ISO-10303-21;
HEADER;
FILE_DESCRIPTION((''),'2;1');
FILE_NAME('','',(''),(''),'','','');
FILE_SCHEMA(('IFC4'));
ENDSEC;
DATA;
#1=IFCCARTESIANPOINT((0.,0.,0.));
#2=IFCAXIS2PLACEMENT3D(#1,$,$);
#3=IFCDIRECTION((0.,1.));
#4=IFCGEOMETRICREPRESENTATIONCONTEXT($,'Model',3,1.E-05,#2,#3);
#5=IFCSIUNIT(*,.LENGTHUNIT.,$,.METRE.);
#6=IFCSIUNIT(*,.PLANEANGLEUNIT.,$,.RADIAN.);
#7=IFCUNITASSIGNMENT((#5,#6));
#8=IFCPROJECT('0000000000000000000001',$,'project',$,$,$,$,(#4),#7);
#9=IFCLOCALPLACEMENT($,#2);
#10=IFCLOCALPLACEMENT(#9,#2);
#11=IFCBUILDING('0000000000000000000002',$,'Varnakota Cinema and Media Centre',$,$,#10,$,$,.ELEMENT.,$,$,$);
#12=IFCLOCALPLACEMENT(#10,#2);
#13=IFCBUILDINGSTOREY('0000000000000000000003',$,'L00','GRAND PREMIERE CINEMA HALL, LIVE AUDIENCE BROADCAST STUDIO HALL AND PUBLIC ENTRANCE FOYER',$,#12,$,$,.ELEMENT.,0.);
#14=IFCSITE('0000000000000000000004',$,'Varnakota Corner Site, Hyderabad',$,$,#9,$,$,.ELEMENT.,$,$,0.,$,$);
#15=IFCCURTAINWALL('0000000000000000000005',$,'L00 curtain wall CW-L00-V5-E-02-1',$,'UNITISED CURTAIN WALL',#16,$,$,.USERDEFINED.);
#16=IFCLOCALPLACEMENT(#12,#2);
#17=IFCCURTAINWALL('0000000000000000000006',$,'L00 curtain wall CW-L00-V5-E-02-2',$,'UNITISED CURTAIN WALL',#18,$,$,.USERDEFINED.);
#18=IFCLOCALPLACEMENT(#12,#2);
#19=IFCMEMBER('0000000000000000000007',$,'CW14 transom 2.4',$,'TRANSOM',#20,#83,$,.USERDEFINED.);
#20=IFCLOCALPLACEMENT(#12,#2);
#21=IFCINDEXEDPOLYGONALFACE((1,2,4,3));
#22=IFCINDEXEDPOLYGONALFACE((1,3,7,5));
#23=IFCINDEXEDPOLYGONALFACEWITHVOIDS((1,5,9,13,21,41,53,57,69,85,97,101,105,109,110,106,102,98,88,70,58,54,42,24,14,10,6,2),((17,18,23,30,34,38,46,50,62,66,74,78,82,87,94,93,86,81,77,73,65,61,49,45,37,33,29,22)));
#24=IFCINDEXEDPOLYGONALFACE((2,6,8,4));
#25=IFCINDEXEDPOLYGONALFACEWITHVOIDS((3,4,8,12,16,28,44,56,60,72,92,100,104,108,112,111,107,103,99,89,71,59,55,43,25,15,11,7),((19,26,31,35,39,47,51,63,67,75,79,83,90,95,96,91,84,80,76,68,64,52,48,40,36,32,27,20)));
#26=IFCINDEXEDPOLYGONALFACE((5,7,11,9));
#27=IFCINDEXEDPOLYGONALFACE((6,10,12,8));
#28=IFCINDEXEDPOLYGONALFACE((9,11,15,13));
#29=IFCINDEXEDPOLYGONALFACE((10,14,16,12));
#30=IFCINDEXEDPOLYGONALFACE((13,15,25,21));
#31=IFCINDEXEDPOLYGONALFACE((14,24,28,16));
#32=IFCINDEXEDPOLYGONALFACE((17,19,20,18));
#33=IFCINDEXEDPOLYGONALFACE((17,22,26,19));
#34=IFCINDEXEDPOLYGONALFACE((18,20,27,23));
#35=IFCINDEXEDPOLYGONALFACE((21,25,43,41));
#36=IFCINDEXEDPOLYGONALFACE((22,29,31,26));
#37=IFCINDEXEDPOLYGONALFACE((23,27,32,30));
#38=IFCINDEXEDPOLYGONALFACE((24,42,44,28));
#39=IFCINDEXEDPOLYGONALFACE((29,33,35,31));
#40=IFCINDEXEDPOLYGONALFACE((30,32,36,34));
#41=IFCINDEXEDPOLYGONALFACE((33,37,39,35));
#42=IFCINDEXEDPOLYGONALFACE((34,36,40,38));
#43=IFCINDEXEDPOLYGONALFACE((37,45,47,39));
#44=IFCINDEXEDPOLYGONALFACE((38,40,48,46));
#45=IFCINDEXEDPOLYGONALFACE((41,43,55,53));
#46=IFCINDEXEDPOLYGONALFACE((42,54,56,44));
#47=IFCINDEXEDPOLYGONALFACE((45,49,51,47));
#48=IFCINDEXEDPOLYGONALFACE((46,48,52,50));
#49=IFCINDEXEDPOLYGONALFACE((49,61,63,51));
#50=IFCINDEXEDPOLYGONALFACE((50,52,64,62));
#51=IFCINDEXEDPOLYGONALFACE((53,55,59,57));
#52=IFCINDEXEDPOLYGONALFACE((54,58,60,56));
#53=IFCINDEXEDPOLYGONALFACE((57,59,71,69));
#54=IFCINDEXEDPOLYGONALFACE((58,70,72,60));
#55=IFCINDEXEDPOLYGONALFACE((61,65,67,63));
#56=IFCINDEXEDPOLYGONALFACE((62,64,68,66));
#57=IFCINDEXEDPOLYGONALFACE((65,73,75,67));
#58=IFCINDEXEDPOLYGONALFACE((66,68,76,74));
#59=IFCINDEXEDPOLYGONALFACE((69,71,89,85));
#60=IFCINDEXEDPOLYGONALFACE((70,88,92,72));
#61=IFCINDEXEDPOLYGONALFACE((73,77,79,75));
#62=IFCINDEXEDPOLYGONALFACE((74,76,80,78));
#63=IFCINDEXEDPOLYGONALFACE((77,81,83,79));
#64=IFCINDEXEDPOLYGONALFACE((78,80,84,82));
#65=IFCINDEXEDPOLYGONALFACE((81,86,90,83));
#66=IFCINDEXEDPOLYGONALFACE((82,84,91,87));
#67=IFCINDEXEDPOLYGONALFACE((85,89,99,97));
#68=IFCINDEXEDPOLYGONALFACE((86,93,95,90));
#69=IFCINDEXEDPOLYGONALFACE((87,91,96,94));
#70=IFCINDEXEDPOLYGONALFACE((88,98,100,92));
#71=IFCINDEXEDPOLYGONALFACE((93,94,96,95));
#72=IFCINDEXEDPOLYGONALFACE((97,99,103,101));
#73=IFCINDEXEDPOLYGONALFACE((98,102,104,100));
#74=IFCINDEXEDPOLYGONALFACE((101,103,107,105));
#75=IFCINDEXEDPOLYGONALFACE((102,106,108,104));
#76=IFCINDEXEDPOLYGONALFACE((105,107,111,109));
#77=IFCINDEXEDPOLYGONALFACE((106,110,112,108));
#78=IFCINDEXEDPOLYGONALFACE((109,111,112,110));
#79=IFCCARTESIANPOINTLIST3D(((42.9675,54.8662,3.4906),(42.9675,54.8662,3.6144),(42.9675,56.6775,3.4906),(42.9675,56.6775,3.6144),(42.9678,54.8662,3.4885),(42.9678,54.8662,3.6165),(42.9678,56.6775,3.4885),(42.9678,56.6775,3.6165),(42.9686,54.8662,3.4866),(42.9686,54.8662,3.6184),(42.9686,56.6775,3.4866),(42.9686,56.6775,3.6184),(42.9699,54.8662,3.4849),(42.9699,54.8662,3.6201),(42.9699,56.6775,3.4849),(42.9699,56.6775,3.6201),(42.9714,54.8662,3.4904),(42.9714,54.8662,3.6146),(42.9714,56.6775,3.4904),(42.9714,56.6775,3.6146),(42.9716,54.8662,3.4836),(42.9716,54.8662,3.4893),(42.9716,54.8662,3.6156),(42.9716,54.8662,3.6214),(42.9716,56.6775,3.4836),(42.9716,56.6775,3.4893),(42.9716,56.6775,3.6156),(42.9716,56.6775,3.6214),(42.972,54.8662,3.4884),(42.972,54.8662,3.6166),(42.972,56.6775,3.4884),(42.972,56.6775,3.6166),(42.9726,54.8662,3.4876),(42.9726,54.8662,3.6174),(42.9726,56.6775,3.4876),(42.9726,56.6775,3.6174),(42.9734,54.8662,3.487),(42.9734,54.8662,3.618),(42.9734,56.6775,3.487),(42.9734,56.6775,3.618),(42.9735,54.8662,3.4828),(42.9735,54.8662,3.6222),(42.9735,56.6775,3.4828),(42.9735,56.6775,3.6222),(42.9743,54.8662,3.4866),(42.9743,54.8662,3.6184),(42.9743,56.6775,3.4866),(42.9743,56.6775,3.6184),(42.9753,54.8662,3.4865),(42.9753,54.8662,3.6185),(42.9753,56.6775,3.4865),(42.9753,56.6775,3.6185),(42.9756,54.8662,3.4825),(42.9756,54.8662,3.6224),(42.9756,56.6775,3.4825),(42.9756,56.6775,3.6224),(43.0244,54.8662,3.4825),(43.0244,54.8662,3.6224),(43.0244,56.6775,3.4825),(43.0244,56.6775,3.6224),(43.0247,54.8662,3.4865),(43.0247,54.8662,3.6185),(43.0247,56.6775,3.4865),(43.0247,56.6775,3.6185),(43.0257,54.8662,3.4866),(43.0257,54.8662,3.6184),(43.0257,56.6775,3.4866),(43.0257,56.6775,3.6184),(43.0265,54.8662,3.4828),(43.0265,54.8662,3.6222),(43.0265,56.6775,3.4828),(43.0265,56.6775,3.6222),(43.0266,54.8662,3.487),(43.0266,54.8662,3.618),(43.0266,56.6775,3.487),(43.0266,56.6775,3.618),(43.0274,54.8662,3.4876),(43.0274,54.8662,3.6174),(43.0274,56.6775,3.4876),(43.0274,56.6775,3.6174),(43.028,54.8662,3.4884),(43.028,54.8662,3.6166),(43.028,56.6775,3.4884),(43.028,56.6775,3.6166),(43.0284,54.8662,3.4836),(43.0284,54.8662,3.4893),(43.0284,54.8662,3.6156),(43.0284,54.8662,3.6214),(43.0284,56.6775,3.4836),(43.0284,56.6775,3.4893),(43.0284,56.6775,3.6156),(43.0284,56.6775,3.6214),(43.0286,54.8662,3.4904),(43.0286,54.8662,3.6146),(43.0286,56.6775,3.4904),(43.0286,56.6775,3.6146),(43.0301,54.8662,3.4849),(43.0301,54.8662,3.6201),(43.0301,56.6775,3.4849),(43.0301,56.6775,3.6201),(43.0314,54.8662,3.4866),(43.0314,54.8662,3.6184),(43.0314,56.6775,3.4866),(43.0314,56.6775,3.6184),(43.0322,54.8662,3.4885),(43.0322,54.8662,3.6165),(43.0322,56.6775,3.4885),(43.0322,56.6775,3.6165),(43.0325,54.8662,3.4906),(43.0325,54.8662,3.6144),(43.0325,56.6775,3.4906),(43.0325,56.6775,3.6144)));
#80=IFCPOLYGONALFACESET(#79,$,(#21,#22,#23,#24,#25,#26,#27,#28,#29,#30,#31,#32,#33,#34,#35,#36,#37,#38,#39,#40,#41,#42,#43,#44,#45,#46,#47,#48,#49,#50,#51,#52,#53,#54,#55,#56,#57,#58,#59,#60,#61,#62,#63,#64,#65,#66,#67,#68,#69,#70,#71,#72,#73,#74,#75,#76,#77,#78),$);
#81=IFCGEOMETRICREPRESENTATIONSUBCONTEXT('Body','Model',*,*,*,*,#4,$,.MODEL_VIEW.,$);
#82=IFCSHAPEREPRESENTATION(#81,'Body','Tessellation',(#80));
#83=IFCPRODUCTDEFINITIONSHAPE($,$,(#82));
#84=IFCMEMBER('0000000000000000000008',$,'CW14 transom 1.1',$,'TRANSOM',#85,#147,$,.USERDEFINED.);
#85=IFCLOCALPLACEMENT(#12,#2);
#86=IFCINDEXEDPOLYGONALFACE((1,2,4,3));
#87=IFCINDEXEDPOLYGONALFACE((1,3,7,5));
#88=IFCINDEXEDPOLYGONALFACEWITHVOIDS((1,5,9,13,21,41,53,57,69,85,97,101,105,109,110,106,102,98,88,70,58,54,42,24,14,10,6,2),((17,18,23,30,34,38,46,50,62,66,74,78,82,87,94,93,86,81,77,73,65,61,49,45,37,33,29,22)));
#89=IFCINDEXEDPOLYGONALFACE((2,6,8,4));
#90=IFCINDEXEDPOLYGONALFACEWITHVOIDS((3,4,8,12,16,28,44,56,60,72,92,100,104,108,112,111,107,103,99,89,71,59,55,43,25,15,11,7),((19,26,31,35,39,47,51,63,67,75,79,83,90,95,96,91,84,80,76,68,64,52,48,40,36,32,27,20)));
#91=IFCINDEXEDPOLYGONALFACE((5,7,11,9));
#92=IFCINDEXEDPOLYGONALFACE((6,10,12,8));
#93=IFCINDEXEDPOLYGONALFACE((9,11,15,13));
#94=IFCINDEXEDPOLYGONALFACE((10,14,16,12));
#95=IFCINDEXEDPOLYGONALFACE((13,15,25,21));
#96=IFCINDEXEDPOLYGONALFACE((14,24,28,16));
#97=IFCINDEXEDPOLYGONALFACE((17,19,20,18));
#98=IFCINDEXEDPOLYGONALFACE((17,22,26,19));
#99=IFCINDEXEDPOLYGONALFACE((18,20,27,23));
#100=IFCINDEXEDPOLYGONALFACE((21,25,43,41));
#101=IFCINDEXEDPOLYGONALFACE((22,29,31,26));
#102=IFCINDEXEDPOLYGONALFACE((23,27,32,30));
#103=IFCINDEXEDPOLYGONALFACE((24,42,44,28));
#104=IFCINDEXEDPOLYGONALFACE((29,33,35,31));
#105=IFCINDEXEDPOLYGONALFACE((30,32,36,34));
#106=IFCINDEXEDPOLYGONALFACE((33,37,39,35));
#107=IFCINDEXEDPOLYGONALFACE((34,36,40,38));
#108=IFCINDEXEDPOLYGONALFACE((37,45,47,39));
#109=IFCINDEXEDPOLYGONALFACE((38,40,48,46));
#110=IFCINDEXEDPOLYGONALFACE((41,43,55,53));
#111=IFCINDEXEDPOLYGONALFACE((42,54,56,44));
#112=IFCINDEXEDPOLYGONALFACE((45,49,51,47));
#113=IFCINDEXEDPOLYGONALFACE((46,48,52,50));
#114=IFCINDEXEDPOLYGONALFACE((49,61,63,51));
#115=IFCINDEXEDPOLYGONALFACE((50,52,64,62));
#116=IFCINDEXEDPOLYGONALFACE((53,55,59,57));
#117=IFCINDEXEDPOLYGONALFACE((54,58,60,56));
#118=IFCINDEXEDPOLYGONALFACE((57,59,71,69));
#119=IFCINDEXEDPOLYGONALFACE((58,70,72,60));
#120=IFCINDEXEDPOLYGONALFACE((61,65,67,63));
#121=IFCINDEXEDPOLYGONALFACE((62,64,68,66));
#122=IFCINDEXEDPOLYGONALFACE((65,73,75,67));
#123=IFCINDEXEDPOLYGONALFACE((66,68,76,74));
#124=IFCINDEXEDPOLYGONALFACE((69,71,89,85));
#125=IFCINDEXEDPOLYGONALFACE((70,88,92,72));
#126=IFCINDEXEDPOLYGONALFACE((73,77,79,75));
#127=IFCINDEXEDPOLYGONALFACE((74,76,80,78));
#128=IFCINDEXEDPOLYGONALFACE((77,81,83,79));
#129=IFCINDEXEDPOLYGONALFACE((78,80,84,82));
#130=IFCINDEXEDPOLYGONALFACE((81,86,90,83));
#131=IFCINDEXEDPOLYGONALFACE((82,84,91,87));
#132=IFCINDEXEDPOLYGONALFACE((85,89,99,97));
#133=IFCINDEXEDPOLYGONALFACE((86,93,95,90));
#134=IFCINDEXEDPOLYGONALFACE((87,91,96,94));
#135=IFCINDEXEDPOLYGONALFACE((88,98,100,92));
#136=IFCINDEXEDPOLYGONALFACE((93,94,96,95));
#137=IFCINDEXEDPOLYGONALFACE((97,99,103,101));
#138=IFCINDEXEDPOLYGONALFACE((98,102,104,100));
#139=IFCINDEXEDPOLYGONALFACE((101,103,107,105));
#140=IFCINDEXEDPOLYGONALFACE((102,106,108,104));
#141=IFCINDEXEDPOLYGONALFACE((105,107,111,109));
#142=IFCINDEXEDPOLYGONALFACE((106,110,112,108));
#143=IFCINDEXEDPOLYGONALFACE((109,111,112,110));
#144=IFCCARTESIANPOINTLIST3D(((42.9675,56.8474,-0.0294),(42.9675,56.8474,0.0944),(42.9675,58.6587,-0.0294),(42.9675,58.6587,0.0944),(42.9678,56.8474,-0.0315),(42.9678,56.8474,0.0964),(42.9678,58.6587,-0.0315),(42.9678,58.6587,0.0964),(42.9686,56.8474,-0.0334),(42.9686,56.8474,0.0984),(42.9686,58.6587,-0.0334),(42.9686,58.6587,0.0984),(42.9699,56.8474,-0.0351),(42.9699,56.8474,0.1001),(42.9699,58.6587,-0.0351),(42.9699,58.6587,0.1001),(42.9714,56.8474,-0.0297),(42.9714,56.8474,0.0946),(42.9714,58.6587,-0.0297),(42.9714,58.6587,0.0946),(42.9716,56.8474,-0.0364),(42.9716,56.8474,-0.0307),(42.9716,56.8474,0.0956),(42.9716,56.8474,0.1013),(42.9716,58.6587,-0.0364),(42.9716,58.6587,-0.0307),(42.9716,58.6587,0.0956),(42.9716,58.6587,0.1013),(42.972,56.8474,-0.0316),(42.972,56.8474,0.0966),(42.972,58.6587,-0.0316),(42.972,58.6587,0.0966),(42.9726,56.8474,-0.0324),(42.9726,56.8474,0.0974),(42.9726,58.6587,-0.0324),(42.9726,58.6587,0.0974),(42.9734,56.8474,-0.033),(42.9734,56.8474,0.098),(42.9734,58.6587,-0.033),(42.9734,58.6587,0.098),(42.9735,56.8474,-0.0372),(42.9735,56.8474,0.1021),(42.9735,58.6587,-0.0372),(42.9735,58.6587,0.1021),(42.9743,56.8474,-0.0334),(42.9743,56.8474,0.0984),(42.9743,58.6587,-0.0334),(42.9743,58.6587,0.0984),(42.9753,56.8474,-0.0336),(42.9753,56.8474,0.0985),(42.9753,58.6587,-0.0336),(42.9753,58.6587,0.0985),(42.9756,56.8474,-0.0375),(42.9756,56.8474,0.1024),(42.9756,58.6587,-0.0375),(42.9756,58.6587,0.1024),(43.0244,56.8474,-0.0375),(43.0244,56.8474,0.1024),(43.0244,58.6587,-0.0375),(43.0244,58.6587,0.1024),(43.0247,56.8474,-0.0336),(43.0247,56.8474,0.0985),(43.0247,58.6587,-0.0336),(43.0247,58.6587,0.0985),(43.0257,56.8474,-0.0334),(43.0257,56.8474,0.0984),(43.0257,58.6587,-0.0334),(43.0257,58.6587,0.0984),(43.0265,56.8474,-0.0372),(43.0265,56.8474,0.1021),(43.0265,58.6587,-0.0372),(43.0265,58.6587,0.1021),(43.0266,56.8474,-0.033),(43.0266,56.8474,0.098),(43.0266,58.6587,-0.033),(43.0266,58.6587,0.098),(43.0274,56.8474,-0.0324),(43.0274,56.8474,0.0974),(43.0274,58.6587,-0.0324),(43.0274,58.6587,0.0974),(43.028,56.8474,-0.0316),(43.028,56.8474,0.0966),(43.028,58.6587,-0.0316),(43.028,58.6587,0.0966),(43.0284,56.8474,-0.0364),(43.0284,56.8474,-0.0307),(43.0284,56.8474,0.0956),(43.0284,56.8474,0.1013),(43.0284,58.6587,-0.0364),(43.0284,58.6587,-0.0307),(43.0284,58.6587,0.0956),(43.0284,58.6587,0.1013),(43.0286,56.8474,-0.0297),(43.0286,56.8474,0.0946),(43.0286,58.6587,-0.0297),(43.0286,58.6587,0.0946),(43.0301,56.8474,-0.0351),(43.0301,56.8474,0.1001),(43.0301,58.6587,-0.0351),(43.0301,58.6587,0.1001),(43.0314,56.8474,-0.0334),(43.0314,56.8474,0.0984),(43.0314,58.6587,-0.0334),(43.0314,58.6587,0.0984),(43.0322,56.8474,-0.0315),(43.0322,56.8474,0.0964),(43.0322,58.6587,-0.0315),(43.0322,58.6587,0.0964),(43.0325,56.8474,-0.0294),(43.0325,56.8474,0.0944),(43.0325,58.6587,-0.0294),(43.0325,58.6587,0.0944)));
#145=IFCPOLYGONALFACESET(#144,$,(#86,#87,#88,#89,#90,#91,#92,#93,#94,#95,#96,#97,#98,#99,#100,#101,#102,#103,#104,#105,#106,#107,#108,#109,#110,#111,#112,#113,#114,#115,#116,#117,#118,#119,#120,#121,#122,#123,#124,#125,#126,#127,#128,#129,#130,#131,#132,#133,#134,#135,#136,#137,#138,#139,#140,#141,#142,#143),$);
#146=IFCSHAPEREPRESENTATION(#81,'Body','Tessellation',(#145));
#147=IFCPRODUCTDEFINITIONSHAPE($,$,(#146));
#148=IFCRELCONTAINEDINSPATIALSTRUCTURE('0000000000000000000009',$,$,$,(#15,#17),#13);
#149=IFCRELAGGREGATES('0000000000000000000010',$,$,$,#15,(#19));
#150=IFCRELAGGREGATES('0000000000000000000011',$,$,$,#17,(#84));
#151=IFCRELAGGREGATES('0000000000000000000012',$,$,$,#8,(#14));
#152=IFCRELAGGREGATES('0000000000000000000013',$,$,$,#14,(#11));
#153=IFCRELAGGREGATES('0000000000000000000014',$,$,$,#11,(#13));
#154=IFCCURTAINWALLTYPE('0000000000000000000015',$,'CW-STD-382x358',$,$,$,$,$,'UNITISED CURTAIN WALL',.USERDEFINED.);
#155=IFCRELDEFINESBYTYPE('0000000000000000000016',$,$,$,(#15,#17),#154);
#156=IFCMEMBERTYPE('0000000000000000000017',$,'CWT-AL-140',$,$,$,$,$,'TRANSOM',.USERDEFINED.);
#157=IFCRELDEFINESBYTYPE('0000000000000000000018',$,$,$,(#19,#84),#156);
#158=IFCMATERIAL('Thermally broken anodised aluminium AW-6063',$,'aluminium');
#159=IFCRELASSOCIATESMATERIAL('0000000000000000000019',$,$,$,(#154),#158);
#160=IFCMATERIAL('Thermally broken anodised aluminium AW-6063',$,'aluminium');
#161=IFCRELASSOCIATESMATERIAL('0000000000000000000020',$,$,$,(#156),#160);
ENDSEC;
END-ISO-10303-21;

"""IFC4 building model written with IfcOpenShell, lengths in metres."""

from ifc_helpers import new_model, si_unit, direction, frame, origin, origin_2d, place, context, subcontext, project, spatial, hollow_rectangle, extrude, material, material_profile, profile_set, type_object, element, aggregate, save


model = new_model("IFC4")

# Units and contexts
model_context = context("Model", 3, precision=1e-05, world=origin(), true_north=direction((0.0, 1.0)))
body_context = subcontext(model_context, "Body", "Model", "MODEL_VIEW")
ifc_project = project(units=[si_unit("LENGTHUNIT", "METRE"), si_unit("PLANEANGLEUNIT", "RADIAN")], contexts=[model_context])

# Site, building, storey
site_placement = place(None, origin())
site = spatial("IfcSite", under=ifc_project, at=site_placement, Name="Varnakota Corner Site, Hyderabad", CompositionType="ELEMENT", RefElevation=0.0)
building_placement = place(site_placement, origin())
building = spatial("IfcBuilding", under=site, at=building_placement, Name="Varnakota Cinema and Media Centre", CompositionType="ELEMENT")
storey_placement = place(building_placement, origin())
storey = spatial("IfcBuildingStorey", under=building, at=storey_placement, Name="L00", Description="GRAND PREMIERE CINEMA HALL, LIVE AUDIENCE BROADCAST STUDIO HALL AND PUBLIC ENTRANCE FOYER", CompositionType="ELEMENT", Elevation=0.0)

# Curtain wall
ifc_material_1 = material(Name="Thermally broken anodised aluminium AW-6063", Category="aluminium")
curtain_wall_type = type_object("IfcCurtainWallType", Name="CW-STD-382x358", ElementType="UNITISED CURTAIN WALL", PredefinedType="USERDEFINED", material=ifc_material_1)
curtain_wall_1_placement = place(storey_placement, origin())
curtain_wall_1 = element("IfcCurtainWall", 1, at=curtain_wall_1_placement, inside=storey, type_object=curtain_wall_type, Name="L00 curtain wall CW-L00-V5-E-02-1", ObjectType="UNITISED CURTAIN WALL", PredefinedType="USERDEFINED")

# Curtain wall
curtain_wall_2_placement = place(storey_placement, origin())
curtain_wall_2 = element("IfcCurtainWall", 2, at=curtain_wall_2_placement, inside=storey, type_object=curtain_wall_type, Name="L00 curtain wall CW-L00-V5-E-02-2", ObjectType="UNITISED CURTAIN WALL", PredefinedType="USERDEFINED")

# Members
ifc_material_2 = material(Name="Thermally broken anodised aluminium AW-6063", Category="aluminium")
ifc_material_profile_1 = material_profile(ifc_material_2, hollow_rectangle(XDim=0.0649, YDim=0.1399, WallThickness=0.0039, InnerFilletRadius=0.0039, OuterFilletRadius=0.0081, at=origin_2d()), Name="AL-TRANSOM 140x65x4")
ifc_profile_set_1 = profile_set([ifc_material_profile_1], Name="Thermally broken anodised aluminium AW-6063")
member_type_1 = type_object("IfcMemberType", Name="CWT-AL-140", ElementType="TRANSOM", PredefinedType="USERDEFINED", material=ifc_profile_set_1)
member_1_placement = place(storey_placement, frame((43.0, 54.8662, 3.5525), z_axis=(0.0, 1.0, 0.0), x_axis=(-1.0, 0.0, 0.0)))
member_1 = element("IfcMember", 3, at=member_1_placement, type_object=member_type_1, Name="CW14 transom 2.4", ObjectType="TRANSOM", PredefinedType="USERDEFINED", context=body_context, shape_type="SweptSolid", body=[
    extrude(hollow_rectangle(XDim=0.0649, YDim=0.1399, WallThickness=0.0039, InnerFilletRadius=0.0039, OuterFilletRadius=0.0081, at=origin_2d()), origin(), (0.0, 0.0, 1.0), 1.8113),
])
member_2_placement = place(storey_placement, frame((43.0, 56.8474, 0.0325), z_axis=(0.0, 1.0, 0.0), x_axis=(-1.0, 0.0, 0.0)))
member_2 = element("IfcMember", 4, at=member_2_placement, type_object=member_type_1, Name="CW14 transom 1.1", ObjectType="TRANSOM", PredefinedType="USERDEFINED", context=body_context, shape_type="SweptSolid", body=[
    extrude(hollow_rectangle(XDim=0.0649, YDim=0.1399, WallThickness=0.0039, InnerFilletRadius=0.0039, OuterFilletRadius=0.0081, at=origin_2d()), origin(), (0.0, 0.0, 1.0), 1.8113),
])

aggregate(curtain_wall_1, [member_1])
aggregate(curtain_wall_2, [member_2])

save(model, "model.ifc")
